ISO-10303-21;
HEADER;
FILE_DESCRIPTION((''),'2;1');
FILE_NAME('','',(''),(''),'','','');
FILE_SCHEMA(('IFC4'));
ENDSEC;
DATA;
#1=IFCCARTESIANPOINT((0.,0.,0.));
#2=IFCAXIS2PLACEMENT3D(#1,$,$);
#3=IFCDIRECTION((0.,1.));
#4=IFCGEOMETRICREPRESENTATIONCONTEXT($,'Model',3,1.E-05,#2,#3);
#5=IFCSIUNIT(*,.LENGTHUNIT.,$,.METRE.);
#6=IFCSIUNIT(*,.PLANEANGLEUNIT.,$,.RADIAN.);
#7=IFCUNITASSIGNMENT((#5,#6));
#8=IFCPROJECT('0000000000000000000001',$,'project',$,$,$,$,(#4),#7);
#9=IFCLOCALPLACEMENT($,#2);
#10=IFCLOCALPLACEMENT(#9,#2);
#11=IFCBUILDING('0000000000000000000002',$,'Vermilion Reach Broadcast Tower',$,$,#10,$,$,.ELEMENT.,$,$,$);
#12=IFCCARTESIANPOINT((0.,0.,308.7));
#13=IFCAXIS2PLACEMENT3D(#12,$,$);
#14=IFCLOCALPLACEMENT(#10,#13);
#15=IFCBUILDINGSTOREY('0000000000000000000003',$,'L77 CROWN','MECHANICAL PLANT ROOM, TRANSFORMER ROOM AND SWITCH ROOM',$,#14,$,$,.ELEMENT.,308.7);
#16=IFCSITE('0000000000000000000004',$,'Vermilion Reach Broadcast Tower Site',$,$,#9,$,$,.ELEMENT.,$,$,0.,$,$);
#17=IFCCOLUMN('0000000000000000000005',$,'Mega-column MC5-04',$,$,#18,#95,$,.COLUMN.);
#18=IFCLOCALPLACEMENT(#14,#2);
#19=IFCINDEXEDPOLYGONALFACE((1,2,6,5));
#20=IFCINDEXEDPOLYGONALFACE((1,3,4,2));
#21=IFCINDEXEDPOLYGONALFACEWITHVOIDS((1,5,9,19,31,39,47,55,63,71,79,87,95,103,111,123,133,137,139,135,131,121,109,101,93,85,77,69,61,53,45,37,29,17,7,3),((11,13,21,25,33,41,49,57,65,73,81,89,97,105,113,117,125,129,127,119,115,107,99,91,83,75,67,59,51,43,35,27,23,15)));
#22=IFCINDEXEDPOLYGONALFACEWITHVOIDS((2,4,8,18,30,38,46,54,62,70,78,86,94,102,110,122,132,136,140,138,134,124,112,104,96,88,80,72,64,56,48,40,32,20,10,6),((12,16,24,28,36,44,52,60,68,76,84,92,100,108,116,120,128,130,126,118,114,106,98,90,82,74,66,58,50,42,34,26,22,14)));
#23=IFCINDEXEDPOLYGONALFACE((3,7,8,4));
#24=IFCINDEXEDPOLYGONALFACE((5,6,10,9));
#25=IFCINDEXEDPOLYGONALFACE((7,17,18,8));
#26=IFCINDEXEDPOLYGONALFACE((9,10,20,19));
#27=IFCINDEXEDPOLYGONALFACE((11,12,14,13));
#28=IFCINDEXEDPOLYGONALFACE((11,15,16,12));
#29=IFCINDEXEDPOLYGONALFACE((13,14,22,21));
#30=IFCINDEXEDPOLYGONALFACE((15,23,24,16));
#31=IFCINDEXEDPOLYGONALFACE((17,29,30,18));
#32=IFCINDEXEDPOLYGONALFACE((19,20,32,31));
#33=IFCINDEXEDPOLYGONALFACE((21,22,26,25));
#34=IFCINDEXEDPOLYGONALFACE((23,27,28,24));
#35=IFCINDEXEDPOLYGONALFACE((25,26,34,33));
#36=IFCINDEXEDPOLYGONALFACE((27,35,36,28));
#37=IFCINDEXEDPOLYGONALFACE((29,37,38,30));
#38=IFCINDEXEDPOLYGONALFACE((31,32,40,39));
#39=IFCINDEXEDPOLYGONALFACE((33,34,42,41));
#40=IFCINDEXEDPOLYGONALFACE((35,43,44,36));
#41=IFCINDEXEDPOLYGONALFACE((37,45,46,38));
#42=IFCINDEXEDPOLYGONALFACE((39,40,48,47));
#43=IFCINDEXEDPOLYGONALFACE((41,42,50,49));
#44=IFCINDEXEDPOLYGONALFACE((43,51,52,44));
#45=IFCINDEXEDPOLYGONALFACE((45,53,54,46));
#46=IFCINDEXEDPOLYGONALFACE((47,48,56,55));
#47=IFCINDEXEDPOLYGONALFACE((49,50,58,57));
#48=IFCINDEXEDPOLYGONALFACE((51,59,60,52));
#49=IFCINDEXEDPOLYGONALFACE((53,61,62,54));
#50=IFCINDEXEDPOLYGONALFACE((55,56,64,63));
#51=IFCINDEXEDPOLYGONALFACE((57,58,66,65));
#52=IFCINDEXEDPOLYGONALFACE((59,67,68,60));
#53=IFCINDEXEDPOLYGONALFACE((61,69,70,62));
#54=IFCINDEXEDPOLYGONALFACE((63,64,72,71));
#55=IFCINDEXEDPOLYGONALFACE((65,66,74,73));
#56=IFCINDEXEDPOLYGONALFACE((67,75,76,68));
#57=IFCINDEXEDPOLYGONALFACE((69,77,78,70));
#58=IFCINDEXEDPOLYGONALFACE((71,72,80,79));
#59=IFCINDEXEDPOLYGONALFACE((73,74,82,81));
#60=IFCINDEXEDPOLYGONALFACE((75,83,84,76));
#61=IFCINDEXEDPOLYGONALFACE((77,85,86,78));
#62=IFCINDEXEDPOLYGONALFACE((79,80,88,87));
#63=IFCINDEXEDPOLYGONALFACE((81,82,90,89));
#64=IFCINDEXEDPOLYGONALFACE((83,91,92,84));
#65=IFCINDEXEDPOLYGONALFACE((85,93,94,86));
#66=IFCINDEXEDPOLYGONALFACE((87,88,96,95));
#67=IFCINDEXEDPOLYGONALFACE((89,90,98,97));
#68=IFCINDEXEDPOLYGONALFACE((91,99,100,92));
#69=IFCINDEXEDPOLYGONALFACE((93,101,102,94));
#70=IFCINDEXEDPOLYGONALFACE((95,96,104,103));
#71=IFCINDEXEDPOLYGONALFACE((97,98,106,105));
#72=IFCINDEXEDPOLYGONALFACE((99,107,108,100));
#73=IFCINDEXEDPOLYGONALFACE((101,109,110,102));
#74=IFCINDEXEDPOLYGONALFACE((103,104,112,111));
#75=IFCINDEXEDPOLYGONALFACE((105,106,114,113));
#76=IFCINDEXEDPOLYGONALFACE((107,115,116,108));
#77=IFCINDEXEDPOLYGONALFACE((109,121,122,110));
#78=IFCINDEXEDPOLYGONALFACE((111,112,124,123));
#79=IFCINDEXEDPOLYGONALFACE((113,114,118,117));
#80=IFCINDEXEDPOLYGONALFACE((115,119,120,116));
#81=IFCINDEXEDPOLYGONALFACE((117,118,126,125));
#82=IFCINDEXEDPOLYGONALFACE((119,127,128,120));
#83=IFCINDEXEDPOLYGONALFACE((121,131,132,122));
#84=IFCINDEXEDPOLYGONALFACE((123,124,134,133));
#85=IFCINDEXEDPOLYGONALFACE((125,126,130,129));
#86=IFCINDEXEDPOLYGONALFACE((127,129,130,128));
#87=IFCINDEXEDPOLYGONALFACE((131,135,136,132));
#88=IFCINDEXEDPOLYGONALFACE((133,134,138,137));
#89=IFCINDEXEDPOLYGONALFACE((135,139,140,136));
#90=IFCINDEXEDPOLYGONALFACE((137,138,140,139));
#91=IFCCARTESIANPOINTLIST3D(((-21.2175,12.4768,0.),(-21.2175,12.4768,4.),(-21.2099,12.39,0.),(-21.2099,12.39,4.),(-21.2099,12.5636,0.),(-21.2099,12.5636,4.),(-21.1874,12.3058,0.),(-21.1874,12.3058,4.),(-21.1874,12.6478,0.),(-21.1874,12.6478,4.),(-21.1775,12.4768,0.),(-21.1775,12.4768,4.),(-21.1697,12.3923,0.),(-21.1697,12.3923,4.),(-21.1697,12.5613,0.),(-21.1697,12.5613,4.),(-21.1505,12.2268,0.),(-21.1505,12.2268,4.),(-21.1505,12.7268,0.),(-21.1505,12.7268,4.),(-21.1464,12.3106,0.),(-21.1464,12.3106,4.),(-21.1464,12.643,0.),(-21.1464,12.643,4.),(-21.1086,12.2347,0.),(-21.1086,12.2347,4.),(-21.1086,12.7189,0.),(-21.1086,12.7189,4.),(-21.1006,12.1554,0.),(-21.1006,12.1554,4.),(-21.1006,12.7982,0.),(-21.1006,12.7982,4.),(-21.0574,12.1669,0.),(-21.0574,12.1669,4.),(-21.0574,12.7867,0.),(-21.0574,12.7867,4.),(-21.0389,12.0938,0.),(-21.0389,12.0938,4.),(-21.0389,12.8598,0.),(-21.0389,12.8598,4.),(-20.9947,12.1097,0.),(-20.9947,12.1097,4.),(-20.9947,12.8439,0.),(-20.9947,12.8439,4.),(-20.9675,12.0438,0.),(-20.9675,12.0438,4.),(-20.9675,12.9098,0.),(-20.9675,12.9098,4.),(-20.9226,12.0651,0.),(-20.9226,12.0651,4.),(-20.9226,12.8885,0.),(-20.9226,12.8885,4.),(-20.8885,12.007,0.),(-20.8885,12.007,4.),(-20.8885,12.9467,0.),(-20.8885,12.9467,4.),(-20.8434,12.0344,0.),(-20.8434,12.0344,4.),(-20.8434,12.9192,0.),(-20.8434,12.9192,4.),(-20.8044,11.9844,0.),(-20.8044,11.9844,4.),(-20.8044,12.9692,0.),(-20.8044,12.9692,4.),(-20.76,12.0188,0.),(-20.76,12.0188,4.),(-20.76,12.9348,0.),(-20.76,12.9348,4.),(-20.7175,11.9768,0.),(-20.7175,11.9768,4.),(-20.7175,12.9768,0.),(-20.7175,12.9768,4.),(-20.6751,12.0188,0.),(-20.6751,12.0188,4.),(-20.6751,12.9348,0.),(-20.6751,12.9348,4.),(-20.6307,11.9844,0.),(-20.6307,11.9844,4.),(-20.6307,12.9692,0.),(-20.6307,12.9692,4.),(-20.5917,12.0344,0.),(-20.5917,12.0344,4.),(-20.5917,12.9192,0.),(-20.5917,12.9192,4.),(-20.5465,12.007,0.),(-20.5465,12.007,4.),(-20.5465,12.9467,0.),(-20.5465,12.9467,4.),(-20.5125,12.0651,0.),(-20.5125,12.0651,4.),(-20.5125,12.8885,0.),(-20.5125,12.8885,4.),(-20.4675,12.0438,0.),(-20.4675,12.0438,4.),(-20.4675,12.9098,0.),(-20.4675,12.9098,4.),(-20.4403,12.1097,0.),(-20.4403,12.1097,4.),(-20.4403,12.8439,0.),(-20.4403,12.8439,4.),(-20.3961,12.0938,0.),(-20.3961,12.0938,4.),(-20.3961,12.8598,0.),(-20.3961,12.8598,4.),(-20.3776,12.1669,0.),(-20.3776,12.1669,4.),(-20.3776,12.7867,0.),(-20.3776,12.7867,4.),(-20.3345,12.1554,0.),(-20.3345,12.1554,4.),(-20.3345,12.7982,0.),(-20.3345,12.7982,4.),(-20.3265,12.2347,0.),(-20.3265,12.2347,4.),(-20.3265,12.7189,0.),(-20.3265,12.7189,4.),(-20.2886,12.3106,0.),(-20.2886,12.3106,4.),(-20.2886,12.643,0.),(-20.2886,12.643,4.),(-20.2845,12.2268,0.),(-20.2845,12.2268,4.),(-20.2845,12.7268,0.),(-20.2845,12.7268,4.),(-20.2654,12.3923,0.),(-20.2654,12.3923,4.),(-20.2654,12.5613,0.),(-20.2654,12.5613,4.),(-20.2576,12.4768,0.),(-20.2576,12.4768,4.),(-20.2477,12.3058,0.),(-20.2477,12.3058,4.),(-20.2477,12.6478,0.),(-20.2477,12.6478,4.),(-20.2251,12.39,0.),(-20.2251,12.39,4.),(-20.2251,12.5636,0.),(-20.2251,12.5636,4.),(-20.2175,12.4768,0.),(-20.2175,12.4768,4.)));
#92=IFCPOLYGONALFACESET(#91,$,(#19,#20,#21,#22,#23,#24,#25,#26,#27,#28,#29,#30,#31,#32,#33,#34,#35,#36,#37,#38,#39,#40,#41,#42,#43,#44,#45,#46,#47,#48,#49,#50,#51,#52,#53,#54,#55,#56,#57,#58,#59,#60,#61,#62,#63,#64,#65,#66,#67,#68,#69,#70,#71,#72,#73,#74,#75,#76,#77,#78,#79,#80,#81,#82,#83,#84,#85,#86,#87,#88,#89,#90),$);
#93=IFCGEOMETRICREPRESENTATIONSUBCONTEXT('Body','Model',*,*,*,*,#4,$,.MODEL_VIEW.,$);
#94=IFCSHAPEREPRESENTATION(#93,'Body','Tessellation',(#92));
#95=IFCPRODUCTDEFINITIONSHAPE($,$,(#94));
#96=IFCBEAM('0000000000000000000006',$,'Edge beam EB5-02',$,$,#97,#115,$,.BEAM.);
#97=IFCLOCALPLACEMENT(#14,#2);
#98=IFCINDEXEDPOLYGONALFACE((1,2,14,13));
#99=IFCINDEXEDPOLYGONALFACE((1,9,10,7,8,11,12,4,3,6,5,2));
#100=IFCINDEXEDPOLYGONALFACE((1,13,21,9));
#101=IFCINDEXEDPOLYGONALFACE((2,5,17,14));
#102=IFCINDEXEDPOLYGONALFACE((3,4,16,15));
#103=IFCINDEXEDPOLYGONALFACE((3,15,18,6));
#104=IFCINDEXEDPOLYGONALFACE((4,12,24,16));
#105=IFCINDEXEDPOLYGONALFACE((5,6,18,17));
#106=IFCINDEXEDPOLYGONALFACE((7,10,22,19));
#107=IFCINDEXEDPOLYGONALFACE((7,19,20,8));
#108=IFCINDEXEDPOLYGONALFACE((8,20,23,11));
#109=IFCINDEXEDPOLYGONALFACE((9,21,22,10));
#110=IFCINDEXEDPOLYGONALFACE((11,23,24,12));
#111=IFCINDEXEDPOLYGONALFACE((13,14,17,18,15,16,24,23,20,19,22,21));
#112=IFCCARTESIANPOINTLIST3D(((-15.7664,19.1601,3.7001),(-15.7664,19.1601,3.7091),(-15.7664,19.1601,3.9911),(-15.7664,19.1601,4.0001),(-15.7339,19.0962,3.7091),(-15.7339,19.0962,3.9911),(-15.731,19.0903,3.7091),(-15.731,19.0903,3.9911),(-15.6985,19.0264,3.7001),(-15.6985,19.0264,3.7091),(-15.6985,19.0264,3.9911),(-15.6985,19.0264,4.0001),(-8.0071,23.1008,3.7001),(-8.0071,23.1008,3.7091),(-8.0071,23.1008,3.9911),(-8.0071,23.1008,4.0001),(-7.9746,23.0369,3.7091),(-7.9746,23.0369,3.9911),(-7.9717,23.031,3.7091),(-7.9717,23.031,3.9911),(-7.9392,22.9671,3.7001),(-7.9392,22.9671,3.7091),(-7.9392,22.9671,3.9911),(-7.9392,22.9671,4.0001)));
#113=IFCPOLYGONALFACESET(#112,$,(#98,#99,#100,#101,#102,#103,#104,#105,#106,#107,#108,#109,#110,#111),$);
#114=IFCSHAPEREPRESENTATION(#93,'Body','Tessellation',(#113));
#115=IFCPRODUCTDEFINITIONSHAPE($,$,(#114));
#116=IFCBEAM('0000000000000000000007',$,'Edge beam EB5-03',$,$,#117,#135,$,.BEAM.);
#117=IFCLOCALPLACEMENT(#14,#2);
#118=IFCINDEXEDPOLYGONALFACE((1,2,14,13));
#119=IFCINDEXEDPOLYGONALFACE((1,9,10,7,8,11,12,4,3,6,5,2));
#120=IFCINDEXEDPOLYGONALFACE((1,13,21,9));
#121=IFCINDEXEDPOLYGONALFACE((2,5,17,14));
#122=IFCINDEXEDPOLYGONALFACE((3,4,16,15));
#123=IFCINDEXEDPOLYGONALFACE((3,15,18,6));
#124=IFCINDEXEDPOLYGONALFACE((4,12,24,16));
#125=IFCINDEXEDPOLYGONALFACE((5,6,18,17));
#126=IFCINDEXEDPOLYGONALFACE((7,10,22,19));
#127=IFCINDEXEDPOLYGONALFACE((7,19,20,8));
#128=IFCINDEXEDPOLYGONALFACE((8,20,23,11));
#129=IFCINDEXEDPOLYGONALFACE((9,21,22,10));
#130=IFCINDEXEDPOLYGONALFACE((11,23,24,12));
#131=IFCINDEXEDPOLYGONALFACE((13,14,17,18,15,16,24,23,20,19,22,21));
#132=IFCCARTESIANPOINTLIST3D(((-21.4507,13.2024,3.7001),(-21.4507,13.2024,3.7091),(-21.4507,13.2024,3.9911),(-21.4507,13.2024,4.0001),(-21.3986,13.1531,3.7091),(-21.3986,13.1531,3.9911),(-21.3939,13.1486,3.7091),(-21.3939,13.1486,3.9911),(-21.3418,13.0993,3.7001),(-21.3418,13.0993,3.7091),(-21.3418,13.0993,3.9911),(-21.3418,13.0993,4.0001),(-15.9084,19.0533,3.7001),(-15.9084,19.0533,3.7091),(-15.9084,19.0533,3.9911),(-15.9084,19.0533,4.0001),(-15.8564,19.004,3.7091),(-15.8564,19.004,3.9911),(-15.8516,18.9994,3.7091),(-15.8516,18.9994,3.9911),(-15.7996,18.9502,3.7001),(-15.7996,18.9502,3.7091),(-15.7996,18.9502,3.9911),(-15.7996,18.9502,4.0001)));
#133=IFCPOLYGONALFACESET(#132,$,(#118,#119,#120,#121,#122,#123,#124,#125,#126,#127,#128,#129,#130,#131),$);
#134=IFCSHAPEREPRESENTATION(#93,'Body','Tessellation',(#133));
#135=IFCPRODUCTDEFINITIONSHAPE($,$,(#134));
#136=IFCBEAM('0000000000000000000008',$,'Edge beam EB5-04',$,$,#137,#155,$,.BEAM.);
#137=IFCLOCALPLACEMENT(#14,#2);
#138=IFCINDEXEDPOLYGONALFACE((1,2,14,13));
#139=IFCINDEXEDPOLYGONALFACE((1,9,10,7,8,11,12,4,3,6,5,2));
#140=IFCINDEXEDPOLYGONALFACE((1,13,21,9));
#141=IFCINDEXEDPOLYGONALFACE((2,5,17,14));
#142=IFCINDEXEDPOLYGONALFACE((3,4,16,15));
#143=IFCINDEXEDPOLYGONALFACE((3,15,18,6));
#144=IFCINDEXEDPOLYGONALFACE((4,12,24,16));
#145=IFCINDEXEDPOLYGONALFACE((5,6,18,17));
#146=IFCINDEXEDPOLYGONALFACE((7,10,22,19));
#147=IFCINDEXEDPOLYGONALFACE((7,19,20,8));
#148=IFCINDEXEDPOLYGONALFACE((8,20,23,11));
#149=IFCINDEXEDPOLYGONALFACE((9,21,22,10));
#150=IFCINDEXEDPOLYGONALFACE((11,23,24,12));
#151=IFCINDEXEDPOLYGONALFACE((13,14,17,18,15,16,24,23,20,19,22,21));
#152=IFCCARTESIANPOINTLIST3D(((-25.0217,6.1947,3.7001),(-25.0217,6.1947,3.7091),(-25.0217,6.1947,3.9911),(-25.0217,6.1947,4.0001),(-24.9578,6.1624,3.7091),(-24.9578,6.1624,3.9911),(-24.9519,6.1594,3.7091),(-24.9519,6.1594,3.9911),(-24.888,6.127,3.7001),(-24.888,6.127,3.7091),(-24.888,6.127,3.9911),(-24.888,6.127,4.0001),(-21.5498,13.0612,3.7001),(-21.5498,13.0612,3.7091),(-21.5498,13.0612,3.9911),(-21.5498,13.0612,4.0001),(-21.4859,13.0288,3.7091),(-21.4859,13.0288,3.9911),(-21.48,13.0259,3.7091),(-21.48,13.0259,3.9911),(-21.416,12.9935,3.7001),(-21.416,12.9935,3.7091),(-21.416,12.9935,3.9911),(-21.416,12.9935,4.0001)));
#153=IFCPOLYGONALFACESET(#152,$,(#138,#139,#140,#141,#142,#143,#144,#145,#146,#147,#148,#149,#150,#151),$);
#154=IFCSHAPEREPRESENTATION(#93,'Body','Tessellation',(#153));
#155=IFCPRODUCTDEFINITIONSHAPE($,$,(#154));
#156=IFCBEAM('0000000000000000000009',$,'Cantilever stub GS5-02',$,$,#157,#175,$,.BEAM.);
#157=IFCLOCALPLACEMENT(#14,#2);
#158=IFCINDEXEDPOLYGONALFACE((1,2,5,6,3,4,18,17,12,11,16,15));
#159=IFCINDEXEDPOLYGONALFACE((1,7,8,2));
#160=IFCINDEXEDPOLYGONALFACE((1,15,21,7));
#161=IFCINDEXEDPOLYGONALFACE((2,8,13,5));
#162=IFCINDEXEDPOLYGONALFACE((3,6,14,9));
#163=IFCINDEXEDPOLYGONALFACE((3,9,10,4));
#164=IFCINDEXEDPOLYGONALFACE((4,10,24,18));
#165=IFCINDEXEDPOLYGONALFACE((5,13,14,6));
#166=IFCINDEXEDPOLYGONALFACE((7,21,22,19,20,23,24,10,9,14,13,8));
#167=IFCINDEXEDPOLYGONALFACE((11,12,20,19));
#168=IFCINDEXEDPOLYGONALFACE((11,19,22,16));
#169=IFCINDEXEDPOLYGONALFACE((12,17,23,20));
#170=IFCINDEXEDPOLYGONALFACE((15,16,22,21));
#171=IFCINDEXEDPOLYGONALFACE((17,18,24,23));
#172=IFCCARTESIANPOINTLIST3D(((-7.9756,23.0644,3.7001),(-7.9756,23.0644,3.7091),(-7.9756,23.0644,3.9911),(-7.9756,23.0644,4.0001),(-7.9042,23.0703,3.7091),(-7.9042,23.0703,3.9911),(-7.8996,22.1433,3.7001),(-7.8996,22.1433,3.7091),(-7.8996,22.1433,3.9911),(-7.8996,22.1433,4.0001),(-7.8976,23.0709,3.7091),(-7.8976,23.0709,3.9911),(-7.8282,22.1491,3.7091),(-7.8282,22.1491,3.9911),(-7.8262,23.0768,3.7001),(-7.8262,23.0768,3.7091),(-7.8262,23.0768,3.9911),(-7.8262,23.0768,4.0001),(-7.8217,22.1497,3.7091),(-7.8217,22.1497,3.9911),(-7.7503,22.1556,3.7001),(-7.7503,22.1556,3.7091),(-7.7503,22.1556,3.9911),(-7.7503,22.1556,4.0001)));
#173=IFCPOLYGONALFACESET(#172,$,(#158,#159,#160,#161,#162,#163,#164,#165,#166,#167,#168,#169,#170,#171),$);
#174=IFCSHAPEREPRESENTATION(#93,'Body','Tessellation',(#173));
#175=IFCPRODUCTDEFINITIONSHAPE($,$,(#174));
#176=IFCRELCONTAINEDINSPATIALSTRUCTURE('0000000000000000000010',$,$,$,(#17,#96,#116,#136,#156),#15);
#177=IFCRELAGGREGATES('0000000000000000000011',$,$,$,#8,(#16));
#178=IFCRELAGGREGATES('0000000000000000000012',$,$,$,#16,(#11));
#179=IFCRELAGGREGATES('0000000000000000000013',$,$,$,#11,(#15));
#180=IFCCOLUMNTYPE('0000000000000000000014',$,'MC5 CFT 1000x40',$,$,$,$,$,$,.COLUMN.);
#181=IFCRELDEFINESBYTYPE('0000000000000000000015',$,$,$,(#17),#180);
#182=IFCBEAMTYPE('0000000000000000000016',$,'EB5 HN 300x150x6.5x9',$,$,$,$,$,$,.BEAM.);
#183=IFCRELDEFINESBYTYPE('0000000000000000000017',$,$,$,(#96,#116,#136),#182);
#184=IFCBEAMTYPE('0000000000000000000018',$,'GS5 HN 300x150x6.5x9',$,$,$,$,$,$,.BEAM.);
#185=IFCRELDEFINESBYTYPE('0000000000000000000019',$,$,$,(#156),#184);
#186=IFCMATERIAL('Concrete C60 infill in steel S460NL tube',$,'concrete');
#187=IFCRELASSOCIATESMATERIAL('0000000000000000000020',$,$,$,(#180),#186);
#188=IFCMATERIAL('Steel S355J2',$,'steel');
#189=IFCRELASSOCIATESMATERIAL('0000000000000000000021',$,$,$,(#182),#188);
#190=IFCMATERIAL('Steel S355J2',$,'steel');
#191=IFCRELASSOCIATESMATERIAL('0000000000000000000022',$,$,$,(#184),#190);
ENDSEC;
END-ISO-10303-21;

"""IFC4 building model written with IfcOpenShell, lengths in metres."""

from ifc_helpers import new_model, si_unit, direction, frame, origin, origin_2d, place, context, subcontext, project, spatial, hollow_circle, i_section, extrude, material, material_profile, profile_set, type_object, element, save


model = new_model("IFC4")

# Units and contexts
model_context = context("Model", 3, precision=1e-05, world=origin(), true_north=direction((0.0, 1.0)))
body_context = subcontext(model_context, "Body", "Model", "MODEL_VIEW")
ifc_project = project(units=[si_unit("LENGTHUNIT", "METRE"), si_unit("PLANEANGLEUNIT", "RADIAN")], contexts=[model_context])

# Site, building, storey
site_placement = place(None, origin())
site = spatial("IfcSite", under=ifc_project, at=site_placement, Name="Vermilion Reach Broadcast Tower Site", CompositionType="ELEMENT", RefElevation=0.0)
building_placement = place(site_placement, origin())
building = spatial("IfcBuilding", under=site, at=building_placement, Name="Vermilion Reach Broadcast Tower", CompositionType="ELEMENT")
storey_placement = place(building_placement, frame((0.0, 0.0, 308.7)))
storey = spatial("IfcBuildingStorey", under=building, at=storey_placement, Name="L77 CROWN", Description="MECHANICAL PLANT ROOM, TRANSFORMER ROOM AND SWITCH ROOM", CompositionType="ELEMENT", Elevation=308.7)

# Column
ifc_material_1 = material(Name="Concrete C60 infill in steel S460NL tube", Category="concrete")
ifc_material_profile_1 = material_profile(ifc_material_1, hollow_circle(Radius=0.5, WallThickness=0.04, at=origin_2d()), Name="Concrete C60 infill in steel S460NL tube CFT 1000x40")
ifc_profile_set_1 = profile_set([ifc_material_profile_1], Name="Concrete C60 infill in steel S460NL tube")
column_type = type_object("IfcColumnType", Name="MC5 CFT 1000x40", PredefinedType="COLUMN", material=ifc_profile_set_1)
for number, where, z_axis, x_axis, name in (
    (1, (-20.7175, 12.4768, 0.0), (0.0, 0.0, 1.0), (1.0, 0.0, 0.0), "Mega-column MC5-04"),
):
    element("IfcColumn", number, at=place(storey_placement, frame(where, z_axis=z_axis, x_axis=x_axis)), inside=storey, type_object=column_type, Name=name, PredefinedType="COLUMN", context=body_context, shape_type="SweptSolid", body=[
        extrude(hollow_circle(Radius=0.5, WallThickness=0.04, at=origin_2d()), origin(), (0.0, 0.0, 1.0), 4.0),
    ])

# Beams
ifc_material_2 = material(Name="Steel S355J2", Category="steel")
ifc_material_profile_2 = material_profile(ifc_material_2, i_section(OverallWidth=0.1499, OverallDepth=0.3, WebThickness=0.0066, FlangeThickness=0.009, at=origin_2d()), Name="S355J2 HN 300x150x6.5x9")
ifc_profile_set_2 = profile_set([ifc_material_profile_2], Name="Steel S355J2")
beam_type_1 = type_object("IfcBeamType", Name="EB5 HN 300x150x6.5x9", PredefinedType="BEAM", material=ifc_profile_set_2)
beam_1_placement = place(storey_placement, frame((-7.9731, 23.0339, 3.8501), z_axis=(-0.891604, -0.452816, 0.0), x_axis=(0.452816, -0.891604, 0.0)))
element("IfcBeam", 2, at=beam_1_placement, inside=storey, type_object=beam_type_1, Name="Edge beam EB5-02", PredefinedType="BEAM", context=body_context, shape_type="SweptSolid", body=[
    extrude(i_section(OverallWidth=0.1499, OverallDepth=0.3, WebThickness=0.0066, FlangeThickness=0.009, at=origin_2d()), origin(), (0.0, 0.0, 1.0), 8.7026),
])
beam_2_placement = place(storey_placement, frame((-15.854, 19.0017, 3.8501), z_axis=(-0.687702, -0.725993, 0.0), x_axis=(0.725993, -0.687702, 0.0)))
element("IfcBeam", 3, at=beam_2_placement, inside=storey, type_object=beam_type_1, Name="Edge beam EB5-03", PredefinedType="BEAM", context=body_context, shape_type="SweptSolid", body=[
    extrude(i_section(OverallWidth=0.1499, OverallDepth=0.3, WebThickness=0.0066, FlangeThickness=0.009, at=origin_2d()), origin(), (0.0, 0.0, 1.0), 8.0591),
])
beam_3_placement = place(storey_placement, frame((-21.4829, 13.0273, 3.8501), z_axis=(-0.451232, -0.892406, 0.0), x_axis=(0.892406, -0.451232, 0.0)))
element("IfcBeam", 4, at=beam_3_placement, inside=storey, type_object=beam_type_1, Name="Edge beam EB5-04", PredefinedType="BEAM", context=body_context, shape_type="SweptSolid", body=[
    extrude(i_section(OverallWidth=0.1499, OverallDepth=0.3, WebThickness=0.0066, FlangeThickness=0.009, at=origin_2d()), origin(), (0.0, 0.0, 1.0), 7.6943),
])
ifc_material_3 = material(Name="Steel S355J2", Category="steel")
ifc_material_profile_3 = material_profile(ifc_material_3, i_section(OverallWidth=0.1499, OverallDepth=0.3, WebThickness=0.0066, FlangeThickness=0.009, at=origin_2d()), Name="S355J2 HN 300x150x6.5x9")
ifc_profile_set_3 = profile_set([ifc_material_profile_3], Name="Steel S355J2")
beam_type_2 = type_object("IfcBeamType", Name="GS5 HN 300x150x6.5x9", PredefinedType="BEAM", material=ifc_profile_set_3)
beam_4_placement = place(storey_placement, frame((-7.825, 22.1494, 3.8501), z_axis=(-0.082149, 0.99662, 0.0), x_axis=(-0.99662, -0.082149, 0.0)))
element("IfcBeam", 5, at=beam_4_placement, inside=storey, type_object=beam_type_2, Name="Cantilever stub GS5-02", PredefinedType="BEAM", context=body_context, shape_type="SweptSolid", body=[
    extrude(i_section(OverallWidth=0.1499, OverallDepth=0.3, WebThickness=0.0066, FlangeThickness=0.009, at=origin_2d()), origin(), (0.0, 0.0, 1.0), 0.9243),
])

save(model, "model.ifc")
